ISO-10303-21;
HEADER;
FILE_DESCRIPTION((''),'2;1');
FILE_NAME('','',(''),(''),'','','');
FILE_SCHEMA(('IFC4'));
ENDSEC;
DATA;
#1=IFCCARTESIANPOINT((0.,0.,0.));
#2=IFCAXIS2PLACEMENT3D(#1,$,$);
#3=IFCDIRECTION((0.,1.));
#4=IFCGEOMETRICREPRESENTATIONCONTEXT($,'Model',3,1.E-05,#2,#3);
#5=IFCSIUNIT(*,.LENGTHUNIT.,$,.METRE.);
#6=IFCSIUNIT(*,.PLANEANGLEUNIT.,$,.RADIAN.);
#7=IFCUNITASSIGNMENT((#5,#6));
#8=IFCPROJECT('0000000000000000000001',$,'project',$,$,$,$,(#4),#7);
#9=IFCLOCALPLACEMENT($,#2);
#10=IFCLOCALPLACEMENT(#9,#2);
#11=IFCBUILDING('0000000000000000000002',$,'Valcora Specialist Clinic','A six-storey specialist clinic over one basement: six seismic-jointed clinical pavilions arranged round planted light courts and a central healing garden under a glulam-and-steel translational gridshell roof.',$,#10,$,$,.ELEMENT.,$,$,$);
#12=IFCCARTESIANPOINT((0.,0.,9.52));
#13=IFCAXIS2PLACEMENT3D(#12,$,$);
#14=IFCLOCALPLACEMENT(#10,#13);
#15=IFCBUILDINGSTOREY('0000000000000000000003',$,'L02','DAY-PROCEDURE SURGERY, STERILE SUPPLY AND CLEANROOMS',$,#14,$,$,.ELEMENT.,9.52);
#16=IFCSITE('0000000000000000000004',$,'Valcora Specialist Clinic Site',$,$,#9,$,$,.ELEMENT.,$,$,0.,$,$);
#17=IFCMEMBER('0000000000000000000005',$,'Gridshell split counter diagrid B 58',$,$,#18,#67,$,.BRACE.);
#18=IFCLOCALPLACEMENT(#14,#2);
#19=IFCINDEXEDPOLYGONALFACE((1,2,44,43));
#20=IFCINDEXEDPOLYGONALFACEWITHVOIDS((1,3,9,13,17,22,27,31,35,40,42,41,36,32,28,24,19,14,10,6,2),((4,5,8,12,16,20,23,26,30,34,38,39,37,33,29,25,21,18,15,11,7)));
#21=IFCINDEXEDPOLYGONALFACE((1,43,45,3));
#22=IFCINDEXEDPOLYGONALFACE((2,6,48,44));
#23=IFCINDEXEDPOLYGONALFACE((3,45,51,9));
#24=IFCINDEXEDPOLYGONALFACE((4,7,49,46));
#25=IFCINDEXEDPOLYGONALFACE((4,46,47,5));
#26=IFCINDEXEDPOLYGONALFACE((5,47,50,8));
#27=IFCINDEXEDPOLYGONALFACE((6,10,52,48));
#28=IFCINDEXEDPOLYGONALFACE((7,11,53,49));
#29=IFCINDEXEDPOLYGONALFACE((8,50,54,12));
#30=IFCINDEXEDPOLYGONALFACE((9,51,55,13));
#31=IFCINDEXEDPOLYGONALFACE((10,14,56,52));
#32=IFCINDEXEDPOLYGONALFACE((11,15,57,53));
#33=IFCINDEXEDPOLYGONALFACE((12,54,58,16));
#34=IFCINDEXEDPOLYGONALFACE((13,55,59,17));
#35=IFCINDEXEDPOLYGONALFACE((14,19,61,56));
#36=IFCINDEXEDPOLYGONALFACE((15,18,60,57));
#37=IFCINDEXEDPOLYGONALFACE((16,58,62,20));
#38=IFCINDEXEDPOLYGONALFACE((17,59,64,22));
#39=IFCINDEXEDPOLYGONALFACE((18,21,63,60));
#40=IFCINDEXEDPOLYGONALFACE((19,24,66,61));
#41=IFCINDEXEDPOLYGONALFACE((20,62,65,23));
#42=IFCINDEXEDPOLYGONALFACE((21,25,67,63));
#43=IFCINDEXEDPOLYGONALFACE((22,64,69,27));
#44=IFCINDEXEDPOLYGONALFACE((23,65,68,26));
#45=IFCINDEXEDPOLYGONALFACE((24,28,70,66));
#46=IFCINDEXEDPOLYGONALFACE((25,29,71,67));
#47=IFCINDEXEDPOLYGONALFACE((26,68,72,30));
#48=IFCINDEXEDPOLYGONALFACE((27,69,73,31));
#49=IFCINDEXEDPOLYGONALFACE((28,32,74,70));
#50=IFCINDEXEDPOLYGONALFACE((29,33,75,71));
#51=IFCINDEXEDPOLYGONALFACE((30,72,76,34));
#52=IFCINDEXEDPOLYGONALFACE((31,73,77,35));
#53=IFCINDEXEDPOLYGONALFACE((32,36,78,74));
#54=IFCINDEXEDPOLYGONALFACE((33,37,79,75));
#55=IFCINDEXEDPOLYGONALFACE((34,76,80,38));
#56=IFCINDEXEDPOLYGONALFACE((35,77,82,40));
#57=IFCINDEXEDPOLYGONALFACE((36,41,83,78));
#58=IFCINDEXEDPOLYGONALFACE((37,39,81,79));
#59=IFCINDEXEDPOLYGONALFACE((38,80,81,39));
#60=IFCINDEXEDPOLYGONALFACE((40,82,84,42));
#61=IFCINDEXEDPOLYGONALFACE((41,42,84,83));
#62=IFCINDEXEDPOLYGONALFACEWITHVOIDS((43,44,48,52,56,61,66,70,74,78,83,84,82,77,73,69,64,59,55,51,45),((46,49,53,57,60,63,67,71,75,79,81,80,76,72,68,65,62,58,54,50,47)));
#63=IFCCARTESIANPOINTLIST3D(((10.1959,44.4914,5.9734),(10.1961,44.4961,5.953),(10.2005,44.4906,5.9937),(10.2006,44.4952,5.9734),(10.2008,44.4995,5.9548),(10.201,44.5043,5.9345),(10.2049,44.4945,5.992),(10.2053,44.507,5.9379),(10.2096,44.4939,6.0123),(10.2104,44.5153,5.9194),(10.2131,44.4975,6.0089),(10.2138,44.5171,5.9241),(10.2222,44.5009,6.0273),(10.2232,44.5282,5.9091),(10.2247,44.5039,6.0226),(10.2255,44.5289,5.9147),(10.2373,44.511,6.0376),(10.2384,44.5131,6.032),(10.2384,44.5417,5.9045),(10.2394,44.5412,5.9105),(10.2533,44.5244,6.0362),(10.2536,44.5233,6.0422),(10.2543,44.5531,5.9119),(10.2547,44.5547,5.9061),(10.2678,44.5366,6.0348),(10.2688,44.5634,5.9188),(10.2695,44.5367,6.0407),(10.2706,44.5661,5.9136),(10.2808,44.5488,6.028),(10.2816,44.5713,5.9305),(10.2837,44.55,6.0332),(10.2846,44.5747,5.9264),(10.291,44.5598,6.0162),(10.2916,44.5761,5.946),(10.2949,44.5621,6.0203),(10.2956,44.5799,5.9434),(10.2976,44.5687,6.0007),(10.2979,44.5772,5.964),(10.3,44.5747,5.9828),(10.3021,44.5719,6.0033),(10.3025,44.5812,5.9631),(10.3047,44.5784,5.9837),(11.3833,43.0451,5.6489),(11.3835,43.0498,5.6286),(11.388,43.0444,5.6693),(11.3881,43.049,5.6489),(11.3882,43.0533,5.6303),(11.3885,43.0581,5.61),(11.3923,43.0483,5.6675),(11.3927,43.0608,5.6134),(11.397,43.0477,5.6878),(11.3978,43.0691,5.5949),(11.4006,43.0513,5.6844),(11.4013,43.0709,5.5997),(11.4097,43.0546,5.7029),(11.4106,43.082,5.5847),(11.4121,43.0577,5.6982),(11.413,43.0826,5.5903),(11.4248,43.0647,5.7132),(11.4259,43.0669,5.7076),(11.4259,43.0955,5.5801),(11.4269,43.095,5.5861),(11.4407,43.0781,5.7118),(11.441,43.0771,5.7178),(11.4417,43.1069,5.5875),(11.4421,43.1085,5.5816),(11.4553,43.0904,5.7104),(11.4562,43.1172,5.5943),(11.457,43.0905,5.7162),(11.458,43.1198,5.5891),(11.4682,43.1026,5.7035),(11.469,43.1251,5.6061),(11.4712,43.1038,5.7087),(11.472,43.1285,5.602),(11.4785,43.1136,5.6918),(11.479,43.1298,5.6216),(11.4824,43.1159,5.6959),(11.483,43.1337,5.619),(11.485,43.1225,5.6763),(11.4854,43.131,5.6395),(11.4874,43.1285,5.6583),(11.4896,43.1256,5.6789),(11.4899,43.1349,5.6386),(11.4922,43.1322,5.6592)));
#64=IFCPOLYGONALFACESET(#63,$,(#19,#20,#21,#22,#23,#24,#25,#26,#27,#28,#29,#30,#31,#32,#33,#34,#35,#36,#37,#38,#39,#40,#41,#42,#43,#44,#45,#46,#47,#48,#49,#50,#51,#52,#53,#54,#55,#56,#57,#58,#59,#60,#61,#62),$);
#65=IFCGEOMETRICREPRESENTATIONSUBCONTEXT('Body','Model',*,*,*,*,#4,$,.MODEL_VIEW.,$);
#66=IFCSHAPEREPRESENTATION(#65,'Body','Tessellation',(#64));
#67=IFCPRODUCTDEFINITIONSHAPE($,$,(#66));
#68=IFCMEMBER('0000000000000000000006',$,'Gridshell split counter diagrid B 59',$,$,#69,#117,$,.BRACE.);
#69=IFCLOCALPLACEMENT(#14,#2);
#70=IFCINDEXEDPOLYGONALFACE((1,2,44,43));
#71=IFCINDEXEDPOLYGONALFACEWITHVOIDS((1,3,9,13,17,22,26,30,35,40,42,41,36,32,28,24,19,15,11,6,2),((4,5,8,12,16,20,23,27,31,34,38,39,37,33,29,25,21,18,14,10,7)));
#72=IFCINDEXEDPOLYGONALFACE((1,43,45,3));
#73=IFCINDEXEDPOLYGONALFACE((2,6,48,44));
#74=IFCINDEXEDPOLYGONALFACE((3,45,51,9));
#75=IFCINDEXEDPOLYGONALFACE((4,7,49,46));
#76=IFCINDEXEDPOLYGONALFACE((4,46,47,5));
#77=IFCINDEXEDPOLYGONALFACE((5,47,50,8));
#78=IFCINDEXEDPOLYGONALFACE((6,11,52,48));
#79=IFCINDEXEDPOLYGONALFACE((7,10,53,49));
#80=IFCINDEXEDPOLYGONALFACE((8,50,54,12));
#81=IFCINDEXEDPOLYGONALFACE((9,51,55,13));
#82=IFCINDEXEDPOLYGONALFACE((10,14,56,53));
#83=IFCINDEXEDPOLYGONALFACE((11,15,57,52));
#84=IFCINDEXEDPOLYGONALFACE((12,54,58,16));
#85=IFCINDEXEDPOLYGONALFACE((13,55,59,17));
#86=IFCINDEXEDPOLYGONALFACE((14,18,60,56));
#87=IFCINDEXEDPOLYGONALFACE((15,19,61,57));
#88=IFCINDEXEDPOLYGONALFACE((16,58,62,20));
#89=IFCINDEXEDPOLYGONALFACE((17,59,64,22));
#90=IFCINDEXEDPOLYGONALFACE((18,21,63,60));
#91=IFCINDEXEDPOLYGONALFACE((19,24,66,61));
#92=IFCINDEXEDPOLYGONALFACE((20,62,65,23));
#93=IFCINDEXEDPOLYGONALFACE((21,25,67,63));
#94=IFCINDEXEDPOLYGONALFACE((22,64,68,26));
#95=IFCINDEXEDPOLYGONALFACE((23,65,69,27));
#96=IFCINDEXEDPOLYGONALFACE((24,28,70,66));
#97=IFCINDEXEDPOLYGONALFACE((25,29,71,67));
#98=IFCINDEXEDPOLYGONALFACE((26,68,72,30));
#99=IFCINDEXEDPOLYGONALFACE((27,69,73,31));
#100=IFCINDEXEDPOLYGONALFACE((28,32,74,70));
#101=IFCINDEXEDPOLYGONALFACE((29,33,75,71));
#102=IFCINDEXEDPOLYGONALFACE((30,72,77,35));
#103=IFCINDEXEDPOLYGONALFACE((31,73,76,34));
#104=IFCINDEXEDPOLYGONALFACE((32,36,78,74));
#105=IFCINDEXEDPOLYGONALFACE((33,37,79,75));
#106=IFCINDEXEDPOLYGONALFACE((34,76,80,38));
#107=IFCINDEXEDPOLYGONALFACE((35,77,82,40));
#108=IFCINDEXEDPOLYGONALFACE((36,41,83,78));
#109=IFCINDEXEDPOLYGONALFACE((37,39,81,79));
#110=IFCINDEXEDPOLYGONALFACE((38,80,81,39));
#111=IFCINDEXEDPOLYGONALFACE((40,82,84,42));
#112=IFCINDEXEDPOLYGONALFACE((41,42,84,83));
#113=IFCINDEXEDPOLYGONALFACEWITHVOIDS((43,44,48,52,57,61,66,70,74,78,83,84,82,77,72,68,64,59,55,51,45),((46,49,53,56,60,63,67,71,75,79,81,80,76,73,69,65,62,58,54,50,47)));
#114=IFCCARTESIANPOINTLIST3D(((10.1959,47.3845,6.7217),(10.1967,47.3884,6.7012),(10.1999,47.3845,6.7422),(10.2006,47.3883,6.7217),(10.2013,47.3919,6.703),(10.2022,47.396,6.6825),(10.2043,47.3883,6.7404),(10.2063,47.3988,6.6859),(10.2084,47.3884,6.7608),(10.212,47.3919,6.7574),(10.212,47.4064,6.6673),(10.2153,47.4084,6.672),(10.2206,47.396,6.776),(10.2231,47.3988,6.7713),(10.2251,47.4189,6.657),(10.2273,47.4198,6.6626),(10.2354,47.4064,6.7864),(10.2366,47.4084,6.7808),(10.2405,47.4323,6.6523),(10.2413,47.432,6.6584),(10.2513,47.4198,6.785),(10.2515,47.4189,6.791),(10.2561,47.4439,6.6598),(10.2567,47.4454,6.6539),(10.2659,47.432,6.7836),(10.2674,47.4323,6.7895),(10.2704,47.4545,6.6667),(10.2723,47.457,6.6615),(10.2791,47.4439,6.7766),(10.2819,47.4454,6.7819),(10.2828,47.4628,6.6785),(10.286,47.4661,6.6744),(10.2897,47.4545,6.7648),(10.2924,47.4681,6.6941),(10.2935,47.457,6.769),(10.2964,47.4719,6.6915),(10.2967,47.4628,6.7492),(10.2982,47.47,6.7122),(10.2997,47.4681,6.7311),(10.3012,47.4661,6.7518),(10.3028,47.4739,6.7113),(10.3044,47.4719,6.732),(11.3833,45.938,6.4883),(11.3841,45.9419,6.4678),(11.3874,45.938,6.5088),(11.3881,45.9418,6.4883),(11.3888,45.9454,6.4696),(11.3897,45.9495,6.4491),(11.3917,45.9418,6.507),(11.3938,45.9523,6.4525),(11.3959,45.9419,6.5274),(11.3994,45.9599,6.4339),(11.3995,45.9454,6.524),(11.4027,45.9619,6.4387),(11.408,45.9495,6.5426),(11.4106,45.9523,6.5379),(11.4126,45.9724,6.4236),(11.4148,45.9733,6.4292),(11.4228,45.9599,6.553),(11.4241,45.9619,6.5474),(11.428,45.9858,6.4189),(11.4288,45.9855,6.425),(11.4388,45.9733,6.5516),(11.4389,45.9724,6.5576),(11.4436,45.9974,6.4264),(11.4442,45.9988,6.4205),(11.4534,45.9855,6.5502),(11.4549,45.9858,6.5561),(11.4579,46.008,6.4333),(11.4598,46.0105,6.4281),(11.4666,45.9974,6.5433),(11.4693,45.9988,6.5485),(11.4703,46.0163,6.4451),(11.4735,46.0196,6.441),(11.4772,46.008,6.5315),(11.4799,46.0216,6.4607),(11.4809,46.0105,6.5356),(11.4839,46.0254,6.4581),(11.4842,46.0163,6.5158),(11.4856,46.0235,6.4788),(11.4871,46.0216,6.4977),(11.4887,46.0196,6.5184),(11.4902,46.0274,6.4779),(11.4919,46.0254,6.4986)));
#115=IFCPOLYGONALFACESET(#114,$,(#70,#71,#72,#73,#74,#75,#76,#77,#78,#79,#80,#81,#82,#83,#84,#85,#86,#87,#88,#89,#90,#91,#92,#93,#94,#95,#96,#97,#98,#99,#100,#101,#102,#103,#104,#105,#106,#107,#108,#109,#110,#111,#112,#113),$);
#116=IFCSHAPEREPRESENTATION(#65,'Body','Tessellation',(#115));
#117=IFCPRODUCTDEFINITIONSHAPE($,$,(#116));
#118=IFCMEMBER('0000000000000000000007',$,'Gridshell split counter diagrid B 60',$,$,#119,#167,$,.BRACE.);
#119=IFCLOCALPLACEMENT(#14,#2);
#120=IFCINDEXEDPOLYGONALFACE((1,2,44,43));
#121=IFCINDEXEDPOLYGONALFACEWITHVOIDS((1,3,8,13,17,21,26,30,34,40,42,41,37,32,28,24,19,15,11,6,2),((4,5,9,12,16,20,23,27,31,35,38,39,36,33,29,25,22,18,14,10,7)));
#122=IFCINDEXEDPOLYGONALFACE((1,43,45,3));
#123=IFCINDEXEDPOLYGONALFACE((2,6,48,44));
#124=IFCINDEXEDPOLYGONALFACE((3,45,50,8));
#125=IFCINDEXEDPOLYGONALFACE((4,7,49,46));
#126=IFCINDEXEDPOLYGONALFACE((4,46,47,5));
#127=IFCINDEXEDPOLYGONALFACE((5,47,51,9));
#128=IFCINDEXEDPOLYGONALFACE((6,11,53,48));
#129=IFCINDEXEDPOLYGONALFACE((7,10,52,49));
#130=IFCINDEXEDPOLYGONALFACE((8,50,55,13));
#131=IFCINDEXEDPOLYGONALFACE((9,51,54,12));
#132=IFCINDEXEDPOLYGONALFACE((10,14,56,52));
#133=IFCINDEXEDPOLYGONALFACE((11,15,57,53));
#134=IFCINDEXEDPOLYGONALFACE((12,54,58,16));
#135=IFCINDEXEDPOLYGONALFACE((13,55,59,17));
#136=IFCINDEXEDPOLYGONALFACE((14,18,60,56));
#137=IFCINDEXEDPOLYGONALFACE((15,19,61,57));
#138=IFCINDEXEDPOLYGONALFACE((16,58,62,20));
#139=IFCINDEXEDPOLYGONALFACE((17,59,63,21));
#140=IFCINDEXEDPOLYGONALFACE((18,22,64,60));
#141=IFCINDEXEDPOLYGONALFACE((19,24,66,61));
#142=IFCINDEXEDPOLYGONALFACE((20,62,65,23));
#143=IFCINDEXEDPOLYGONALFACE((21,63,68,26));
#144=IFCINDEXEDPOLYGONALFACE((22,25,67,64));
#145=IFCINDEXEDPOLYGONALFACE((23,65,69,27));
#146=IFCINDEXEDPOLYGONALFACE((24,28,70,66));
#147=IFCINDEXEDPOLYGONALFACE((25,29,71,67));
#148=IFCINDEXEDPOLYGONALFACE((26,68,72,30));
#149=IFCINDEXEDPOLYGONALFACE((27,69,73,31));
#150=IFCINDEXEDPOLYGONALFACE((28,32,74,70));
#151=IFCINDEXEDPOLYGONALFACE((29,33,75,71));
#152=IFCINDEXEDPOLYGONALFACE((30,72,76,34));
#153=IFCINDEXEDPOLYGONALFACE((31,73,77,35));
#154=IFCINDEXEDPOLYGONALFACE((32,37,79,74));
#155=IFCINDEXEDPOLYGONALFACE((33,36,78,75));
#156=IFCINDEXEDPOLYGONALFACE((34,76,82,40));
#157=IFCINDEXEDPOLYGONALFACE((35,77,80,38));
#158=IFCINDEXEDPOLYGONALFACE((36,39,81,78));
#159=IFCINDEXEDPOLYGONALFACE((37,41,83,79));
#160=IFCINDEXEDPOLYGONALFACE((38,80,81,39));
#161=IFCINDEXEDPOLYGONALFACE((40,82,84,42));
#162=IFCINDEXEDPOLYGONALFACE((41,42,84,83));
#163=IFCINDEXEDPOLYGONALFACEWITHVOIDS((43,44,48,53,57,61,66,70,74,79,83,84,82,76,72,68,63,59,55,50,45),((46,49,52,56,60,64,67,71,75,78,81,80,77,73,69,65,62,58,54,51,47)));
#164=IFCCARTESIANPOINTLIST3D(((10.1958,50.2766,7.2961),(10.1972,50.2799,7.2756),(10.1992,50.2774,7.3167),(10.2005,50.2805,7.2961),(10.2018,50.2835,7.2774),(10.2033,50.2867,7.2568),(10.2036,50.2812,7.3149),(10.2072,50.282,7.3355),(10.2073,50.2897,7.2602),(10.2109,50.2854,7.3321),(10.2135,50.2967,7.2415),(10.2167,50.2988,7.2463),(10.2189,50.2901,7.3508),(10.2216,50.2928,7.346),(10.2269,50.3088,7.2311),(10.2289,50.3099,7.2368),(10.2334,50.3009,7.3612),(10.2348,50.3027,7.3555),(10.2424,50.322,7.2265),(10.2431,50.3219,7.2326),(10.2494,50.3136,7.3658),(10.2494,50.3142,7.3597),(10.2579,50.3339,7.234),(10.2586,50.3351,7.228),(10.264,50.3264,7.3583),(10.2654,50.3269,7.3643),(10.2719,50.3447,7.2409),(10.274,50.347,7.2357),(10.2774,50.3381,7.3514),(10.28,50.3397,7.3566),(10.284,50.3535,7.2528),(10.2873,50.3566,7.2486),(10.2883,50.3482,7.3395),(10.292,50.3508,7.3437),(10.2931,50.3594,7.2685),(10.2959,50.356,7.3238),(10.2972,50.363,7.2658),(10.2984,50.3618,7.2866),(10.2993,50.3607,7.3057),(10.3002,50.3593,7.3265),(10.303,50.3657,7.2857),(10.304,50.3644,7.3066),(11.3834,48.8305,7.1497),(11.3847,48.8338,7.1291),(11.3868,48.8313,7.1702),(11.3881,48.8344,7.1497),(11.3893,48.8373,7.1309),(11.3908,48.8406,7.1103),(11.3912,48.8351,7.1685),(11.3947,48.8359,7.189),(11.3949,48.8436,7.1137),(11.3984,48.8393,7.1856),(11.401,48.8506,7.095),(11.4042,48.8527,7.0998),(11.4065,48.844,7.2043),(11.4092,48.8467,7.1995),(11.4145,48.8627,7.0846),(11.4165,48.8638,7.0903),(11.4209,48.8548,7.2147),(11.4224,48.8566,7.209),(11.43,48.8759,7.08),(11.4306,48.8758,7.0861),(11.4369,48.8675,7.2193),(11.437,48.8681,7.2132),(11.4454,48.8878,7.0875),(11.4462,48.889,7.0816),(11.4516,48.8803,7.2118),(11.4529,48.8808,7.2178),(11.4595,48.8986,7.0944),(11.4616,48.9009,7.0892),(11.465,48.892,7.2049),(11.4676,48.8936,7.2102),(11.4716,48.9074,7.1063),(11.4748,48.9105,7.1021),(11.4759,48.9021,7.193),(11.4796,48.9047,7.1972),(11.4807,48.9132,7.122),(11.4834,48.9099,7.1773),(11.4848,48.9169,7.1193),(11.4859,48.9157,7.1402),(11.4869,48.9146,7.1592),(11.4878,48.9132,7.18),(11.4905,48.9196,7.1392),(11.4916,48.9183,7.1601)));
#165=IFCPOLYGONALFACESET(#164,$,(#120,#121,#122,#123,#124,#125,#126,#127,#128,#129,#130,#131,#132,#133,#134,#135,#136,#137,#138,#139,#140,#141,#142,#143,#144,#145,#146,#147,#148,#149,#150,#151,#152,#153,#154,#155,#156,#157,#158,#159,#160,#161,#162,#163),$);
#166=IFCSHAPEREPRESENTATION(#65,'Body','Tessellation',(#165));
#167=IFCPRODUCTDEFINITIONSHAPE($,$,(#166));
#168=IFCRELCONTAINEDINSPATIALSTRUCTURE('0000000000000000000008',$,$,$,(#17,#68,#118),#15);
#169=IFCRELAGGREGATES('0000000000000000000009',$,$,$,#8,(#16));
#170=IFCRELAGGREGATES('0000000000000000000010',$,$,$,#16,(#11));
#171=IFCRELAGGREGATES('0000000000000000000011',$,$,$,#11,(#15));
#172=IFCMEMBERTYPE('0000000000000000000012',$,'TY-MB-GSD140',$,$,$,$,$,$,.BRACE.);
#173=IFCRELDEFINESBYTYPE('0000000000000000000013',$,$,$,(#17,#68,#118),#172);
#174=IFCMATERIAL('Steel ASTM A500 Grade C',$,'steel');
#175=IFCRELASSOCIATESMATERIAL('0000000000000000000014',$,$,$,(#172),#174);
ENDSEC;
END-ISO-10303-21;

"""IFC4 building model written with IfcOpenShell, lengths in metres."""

from ifc_helpers import new_model, si_unit, direction, frame, origin, origin_2d, place, context, subcontext, project, spatial, hollow_circle, extrude, material, material_profile, profile_set, type_object, element, save


model = new_model("IFC4")

# Units and contexts
model_context = context("Model", 3, precision=1e-05, world=origin(), true_north=direction((0.0, 1.0)))
body_context = subcontext(model_context, "Body", "Model", "MODEL_VIEW")
ifc_project = project(units=[si_unit("LENGTHUNIT", "METRE"), si_unit("PLANEANGLEUNIT", "RADIAN")], contexts=[model_context])

# Site, building, storey
site_placement = place(None, origin())
site = spatial("IfcSite", under=ifc_project, at=site_placement, Name="Valcora Specialist Clinic Site", CompositionType="ELEMENT", RefElevation=0.0)
building_placement = place(site_placement, origin())
building = spatial("IfcBuilding", under=site, at=building_placement, Name="Valcora Specialist Clinic", Description="A six-storey specialist clinic over one basement: six seismic-jointed clinical pavilions arranged round planted light courts and a central healing garden under a glulam-and-steel translational gridshell roof.", CompositionType="ELEMENT")
storey_placement = place(building_placement, frame((0.0, 0.0, 9.52)))
storey = spatial("IfcBuildingStorey", under=building, at=storey_placement, Name="L02", Description="DAY-PROCEDURE SURGERY, STERILE SUPPLY AND CLEANROOMS", CompositionType="ELEMENT", Elevation=9.52)

# Members
ifc_material_1 = material(Name="Steel ASTM A500 Grade C", Category="steel")
ifc_material_profile_1 = material_profile(ifc_material_1, hollow_circle(Radius=0.0701, WallThickness=0.0061, at=origin_2d()), Name="ST-CHS-140X6")
ifc_profile_set_1 = profile_set([ifc_material_profile_1], Name="Steel ASTM A500 Grade C")
member_type_1 = type_object("IfcMemberType", Name="TY-MB-GSD140", PredefinedType="BRACE", material=ifc_profile_set_1)
member_1_placement = place(storey_placement, frame((11.4375, 43.0896, 5.6489), z_axis=(-0.625244, 0.761502, 0.170837), x_axis=(-0.772863, -0.634572, 0.0)))
element("IfcMember", 1, at=member_1_placement, inside=storey, type_object=member_type_1, Name="Gridshell split counter diagrid B 58", PredefinedType="BRACE", context=body_context, shape_type="SweptSolid", body=[
    extrude(hollow_circle(Radius=0.0701, WallThickness=0.0061, at=origin_2d()), origin(), (0.0, 0.0, 1.0), 1.8992),
])
member_2_placement = place(storey_placement, frame((11.4375, 45.9824, 6.4883), z_axis=(-0.629631, 0.766975, 0.123752), x_axis=(-0.772916, -0.634508, 0.0)))
element("IfcMember", 2, at=member_2_placement, inside=storey, type_object=member_type_1, Name="Gridshell split counter diagrid B 59", PredefinedType="BRACE", context=body_context, shape_type="SweptSolid", body=[
    extrude(hollow_circle(Radius=0.0701, WallThickness=0.0061, at=origin_2d()), origin(), (0.0, 0.0, 1.0), 1.886),
])
member_3_placement = place(storey_placement, frame((11.4375, 48.875, 7.1497), z_axis=(-0.632701, 0.770453, 0.078047), x_axis=(-0.772811, -0.634636, 0.0)))
element("IfcMember", 3, at=member_3_placement, inside=storey, type_object=member_type_1, Name="Gridshell split counter diagrid B 60", PredefinedType="BRACE", context=body_context, shape_type="SweptSolid", body=[
    extrude(hollow_circle(Radius=0.0701, WallThickness=0.0061, at=origin_2d()), origin(), (0.0, 0.0, 1.0), 1.877),
])

save(model, "model.ifc")
